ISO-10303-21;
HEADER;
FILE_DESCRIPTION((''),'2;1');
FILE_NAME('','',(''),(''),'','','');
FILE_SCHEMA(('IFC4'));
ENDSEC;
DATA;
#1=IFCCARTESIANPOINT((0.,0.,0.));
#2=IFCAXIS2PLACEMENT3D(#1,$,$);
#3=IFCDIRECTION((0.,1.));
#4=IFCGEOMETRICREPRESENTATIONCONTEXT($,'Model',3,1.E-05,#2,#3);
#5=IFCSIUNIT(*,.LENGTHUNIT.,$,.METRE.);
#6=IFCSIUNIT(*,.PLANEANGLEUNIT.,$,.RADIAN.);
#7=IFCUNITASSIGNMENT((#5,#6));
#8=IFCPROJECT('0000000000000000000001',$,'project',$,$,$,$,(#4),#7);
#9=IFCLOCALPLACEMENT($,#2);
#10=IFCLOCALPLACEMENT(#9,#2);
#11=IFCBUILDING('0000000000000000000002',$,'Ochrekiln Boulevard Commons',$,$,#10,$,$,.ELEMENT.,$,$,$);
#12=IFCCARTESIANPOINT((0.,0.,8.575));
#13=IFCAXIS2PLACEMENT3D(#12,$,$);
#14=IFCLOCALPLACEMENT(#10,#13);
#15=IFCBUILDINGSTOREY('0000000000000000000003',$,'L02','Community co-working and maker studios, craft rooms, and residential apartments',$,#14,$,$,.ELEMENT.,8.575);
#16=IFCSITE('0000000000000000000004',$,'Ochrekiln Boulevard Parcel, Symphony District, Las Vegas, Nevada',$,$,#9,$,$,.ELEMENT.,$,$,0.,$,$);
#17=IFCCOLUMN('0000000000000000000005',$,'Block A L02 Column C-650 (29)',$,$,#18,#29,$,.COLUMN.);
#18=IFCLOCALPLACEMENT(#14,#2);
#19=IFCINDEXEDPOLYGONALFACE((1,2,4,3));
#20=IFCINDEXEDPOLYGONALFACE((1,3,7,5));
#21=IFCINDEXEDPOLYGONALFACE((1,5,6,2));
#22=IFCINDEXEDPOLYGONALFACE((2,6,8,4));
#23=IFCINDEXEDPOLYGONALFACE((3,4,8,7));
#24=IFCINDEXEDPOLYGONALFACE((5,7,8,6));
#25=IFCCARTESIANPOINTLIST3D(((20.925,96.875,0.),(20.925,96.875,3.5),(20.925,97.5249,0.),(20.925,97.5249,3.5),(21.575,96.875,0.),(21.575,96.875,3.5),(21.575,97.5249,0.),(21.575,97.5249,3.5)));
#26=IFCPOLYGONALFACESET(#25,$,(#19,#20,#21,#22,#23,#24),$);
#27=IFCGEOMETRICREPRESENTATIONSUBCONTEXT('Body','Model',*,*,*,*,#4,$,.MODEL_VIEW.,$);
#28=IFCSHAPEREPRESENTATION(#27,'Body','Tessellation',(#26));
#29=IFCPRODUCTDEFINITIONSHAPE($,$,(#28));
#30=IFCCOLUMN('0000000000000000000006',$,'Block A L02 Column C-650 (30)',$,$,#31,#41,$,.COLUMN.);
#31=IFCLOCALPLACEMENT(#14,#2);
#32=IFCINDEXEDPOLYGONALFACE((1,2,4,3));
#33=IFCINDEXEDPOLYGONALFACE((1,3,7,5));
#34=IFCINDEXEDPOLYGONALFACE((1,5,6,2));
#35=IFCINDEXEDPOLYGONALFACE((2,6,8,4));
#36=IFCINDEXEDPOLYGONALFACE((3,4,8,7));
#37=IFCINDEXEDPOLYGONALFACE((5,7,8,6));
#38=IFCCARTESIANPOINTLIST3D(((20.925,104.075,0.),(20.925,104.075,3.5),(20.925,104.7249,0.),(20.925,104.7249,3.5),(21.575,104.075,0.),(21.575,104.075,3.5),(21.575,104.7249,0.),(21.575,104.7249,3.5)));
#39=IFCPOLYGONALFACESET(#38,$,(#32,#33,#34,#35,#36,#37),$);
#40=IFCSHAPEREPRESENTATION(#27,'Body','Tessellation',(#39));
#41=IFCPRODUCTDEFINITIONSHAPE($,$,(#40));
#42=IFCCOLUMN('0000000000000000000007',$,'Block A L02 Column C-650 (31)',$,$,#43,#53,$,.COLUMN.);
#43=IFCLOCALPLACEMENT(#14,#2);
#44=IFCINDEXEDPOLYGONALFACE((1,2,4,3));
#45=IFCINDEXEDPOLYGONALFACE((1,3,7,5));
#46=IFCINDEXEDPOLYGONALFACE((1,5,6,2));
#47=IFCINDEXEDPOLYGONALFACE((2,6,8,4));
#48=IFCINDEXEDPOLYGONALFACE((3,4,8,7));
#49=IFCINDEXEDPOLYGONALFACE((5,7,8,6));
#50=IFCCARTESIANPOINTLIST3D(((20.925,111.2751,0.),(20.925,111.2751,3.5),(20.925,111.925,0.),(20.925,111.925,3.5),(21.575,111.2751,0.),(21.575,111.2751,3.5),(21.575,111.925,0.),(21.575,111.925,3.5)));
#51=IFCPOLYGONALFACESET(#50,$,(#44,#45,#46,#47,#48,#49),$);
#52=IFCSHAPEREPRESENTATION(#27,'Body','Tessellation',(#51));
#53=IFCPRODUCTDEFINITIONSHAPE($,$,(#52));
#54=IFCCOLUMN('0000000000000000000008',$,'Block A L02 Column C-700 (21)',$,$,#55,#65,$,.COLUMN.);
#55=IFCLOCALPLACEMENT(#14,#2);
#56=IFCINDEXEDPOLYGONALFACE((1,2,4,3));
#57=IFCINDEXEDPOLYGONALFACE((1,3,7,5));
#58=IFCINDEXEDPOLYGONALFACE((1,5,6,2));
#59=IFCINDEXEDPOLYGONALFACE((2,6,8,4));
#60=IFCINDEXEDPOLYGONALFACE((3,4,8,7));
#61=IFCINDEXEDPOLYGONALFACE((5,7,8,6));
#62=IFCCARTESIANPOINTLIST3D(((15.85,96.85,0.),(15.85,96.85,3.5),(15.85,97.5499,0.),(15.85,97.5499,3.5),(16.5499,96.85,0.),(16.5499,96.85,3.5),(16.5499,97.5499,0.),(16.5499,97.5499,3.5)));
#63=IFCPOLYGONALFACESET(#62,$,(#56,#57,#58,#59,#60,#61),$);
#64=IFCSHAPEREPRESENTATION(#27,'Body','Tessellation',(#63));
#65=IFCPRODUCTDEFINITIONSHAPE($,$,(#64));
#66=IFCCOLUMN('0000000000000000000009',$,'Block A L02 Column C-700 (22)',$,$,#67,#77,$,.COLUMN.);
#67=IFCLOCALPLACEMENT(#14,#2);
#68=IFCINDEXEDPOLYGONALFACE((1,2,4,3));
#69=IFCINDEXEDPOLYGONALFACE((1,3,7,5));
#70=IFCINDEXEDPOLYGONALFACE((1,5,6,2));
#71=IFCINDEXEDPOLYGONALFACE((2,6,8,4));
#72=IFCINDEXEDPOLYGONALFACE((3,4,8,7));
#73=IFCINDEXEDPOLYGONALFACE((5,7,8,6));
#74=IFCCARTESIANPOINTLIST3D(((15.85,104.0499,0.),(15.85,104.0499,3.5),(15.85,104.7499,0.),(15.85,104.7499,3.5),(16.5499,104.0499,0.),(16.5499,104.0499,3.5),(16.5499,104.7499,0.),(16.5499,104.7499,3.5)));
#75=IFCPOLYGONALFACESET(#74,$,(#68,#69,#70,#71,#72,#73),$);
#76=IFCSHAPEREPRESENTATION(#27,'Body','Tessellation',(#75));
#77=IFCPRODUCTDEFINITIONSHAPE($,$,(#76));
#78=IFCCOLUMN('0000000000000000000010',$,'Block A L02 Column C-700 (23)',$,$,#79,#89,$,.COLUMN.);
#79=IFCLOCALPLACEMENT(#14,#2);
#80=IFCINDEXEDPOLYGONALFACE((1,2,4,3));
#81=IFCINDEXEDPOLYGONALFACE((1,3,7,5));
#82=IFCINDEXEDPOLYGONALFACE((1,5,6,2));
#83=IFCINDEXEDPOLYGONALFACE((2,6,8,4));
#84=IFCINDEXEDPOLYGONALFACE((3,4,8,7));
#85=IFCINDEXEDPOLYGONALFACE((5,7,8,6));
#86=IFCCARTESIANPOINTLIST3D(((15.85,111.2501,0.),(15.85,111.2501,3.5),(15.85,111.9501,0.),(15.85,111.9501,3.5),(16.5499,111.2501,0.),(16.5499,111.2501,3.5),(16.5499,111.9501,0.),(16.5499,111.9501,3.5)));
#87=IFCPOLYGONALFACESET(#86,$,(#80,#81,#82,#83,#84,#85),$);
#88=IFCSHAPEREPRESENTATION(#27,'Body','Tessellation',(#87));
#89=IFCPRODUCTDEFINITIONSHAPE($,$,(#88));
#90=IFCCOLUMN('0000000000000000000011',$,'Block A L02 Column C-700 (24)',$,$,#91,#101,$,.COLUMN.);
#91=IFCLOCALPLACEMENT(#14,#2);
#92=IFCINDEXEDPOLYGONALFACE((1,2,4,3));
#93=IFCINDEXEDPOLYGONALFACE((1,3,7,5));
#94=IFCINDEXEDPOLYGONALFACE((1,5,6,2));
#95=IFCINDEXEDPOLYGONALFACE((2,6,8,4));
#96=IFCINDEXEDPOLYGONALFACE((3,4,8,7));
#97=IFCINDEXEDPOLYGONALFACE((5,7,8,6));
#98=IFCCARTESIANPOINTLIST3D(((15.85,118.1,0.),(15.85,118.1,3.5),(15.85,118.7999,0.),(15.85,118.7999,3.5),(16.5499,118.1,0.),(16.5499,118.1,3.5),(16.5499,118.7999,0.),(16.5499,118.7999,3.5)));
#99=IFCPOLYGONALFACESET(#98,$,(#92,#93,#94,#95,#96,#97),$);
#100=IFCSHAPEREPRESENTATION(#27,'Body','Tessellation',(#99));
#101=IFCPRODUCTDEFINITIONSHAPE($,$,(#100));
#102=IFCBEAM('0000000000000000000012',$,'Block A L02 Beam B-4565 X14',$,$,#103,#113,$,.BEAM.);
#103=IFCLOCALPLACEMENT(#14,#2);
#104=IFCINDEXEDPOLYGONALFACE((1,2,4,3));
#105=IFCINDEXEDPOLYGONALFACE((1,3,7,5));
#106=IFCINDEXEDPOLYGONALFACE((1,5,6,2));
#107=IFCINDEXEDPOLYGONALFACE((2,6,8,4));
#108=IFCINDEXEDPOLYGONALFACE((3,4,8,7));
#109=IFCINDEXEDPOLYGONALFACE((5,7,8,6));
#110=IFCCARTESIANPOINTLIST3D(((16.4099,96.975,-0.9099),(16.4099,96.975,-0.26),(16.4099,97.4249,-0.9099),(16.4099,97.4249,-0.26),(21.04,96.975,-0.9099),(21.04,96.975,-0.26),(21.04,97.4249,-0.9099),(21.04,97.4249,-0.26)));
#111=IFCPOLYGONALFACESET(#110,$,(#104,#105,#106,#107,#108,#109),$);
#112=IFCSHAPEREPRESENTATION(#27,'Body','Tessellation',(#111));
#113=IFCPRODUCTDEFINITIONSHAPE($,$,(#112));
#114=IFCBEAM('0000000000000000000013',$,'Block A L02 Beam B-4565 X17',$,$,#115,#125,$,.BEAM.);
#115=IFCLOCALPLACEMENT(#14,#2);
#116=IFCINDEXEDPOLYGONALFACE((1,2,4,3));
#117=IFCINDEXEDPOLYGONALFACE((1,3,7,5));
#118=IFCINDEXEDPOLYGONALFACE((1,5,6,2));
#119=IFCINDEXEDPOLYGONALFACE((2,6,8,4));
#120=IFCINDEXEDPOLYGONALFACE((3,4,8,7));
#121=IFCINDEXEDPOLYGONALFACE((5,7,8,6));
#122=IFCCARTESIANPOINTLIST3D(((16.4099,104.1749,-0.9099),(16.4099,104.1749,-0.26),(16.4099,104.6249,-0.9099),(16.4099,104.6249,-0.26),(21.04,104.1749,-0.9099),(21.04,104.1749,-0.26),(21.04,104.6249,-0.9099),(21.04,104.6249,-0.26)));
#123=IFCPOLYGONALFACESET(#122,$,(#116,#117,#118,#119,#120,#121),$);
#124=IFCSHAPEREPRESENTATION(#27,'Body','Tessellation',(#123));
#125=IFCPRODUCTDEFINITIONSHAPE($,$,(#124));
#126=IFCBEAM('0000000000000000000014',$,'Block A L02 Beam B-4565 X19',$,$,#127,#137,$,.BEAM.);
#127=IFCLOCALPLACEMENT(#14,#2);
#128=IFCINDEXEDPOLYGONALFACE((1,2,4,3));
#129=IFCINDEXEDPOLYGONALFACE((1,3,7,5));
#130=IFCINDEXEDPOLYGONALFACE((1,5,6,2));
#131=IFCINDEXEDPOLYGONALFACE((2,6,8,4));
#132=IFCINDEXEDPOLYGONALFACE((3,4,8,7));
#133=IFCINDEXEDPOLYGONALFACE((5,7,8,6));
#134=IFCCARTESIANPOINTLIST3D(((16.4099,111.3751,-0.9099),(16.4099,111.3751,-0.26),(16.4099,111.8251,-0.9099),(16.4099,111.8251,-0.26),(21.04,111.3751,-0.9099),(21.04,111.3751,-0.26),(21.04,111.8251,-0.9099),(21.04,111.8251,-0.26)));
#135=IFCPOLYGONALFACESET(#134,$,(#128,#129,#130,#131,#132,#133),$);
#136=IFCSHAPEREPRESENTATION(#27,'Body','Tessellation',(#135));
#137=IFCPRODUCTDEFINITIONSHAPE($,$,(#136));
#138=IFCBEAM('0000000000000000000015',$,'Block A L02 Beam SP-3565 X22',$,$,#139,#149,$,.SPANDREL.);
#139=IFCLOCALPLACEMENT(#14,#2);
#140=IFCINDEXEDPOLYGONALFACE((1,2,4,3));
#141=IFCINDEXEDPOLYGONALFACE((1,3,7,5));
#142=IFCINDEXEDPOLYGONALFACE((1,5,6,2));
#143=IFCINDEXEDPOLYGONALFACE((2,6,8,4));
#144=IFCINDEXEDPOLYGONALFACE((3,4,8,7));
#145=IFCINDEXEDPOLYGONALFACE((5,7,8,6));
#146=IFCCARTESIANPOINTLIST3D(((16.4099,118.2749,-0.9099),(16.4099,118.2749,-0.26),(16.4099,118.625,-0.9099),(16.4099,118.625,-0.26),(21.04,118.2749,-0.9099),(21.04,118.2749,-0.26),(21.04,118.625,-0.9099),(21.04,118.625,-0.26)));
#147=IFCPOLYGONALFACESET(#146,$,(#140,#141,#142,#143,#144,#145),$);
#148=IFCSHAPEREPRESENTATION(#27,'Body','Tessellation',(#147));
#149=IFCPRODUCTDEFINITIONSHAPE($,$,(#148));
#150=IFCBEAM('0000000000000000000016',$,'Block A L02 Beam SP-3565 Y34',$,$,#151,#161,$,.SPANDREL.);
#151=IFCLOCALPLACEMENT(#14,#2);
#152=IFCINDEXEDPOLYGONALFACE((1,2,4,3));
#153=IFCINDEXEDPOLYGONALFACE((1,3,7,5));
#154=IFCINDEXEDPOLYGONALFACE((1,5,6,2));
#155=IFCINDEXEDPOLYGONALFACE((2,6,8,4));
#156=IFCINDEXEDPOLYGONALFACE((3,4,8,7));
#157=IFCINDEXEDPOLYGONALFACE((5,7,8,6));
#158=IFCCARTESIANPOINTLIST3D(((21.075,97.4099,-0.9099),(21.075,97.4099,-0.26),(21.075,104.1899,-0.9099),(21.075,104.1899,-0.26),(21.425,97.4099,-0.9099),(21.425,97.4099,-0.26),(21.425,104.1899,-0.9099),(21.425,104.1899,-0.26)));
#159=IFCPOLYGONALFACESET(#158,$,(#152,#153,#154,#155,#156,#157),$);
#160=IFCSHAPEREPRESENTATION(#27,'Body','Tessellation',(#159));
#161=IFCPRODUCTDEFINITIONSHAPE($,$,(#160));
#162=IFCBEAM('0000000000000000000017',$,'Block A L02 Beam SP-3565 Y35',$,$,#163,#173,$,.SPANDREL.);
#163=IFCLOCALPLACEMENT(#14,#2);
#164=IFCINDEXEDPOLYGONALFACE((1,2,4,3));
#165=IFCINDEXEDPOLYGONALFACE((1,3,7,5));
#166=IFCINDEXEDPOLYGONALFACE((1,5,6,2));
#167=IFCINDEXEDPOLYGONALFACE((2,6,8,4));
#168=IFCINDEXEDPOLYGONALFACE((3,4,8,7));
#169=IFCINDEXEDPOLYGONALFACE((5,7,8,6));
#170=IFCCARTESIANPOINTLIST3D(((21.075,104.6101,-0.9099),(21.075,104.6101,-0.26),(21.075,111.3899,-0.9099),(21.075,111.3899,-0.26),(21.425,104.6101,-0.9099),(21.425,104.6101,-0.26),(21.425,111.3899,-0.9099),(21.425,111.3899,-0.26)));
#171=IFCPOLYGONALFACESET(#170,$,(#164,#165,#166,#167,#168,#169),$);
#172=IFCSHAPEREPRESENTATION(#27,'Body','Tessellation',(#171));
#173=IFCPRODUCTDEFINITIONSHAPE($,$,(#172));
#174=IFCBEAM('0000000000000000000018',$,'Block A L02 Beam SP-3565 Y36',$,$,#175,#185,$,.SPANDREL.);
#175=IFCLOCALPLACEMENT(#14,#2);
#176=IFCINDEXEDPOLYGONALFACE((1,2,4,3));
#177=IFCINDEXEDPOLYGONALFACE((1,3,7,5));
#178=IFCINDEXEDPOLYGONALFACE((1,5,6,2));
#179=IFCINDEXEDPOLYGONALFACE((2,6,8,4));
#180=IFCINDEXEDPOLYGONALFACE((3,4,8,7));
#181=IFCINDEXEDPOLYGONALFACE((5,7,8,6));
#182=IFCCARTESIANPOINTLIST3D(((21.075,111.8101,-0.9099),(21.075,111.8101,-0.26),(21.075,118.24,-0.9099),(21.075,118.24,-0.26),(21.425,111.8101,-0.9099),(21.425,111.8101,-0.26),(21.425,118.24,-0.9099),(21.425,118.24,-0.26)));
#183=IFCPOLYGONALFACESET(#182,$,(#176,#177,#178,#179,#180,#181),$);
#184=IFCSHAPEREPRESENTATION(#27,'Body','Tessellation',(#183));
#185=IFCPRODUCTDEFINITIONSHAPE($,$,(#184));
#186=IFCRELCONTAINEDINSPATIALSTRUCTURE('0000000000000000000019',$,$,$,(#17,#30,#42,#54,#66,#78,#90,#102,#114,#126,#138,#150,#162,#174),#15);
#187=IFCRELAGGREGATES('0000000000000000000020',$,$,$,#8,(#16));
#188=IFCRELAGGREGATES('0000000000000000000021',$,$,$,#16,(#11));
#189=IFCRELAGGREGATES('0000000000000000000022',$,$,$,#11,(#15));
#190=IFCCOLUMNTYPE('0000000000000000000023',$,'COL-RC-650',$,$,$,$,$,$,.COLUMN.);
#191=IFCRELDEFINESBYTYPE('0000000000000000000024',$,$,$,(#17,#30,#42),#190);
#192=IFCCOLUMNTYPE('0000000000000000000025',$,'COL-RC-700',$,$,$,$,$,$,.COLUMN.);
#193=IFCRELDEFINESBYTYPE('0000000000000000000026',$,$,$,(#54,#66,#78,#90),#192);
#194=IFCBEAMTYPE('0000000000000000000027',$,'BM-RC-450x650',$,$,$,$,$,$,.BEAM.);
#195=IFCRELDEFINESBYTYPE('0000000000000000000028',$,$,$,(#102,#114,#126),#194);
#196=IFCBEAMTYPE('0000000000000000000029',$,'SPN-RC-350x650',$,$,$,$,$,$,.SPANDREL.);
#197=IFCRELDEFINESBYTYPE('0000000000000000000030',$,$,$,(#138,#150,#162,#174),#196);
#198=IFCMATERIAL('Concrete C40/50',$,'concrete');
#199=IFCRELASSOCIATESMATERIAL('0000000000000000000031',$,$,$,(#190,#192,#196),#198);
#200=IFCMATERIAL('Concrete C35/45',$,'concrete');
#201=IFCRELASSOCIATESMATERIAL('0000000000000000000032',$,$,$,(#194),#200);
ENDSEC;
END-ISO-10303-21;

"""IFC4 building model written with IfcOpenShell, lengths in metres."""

from ifc_helpers import new_model, si_unit, direction, frame, origin, origin_2d, place, context, subcontext, project, spatial, rectangle, extrude, material, material_profile, profile_set, type_object, element, save


model = new_model("IFC4")

# Units and contexts
model_context = context("Model", 3, precision=1e-05, world=origin(), true_north=direction((0.0, 1.0)))
body_context = subcontext(model_context, "Body", "Model", "MODEL_VIEW")
ifc_project = project(units=[si_unit("LENGTHUNIT", "METRE"), si_unit("PLANEANGLEUNIT", "RADIAN")], contexts=[model_context])

# Site, building, storey
site_placement = place(None, origin())
site = spatial("IfcSite", under=ifc_project, at=site_placement, Name="Ochrekiln Boulevard Parcel, Symphony District, Las Vegas, Nevada", CompositionType="ELEMENT", RefElevation=0.0)
building_placement = place(site_placement, origin())
building = spatial("IfcBuilding", under=site, at=building_placement, Name="Ochrekiln Boulevard Commons", CompositionType="ELEMENT")
storey_placement = place(building_placement, frame((0.0, 0.0, 8.575)))
storey = spatial("IfcBuildingStorey", under=building, at=storey_placement, Name="L02", Description="Community co-working and maker studios, craft rooms, and residential apartments", CompositionType="ELEMENT", Elevation=8.575)

# Columns
ifc_material_1 = material(Name="Concrete C40/50", Category="concrete")
ifc_material_profile_1 = material_profile(ifc_material_1, rectangle(XDim=0.6499, YDim=0.6499, at=origin_2d()), Name="RC-COL-650x650")
ifc_profile_set_1 = profile_set([ifc_material_profile_1], Name="Concrete C40/50")
column_type_1 = type_object("IfcColumnType", Name="COL-RC-650", PredefinedType="COLUMN", material=ifc_profile_set_1)
for number, where, z_axis, x_axis, name in (
    (1, (21.25, 97.2, 0.0), (0.0, 0.0, 1.0), (1.0, 0.0, 0.0), "Block A L02 Column C-650 (29)"),
    (2, (21.25, 104.3999, 0.0), (0.0, 0.0, 1.0), (1.0, 0.0, 0.0), "Block A L02 Column C-650 (30)"),
    (3, (21.25, 111.6001, 0.0), (0.0, 0.0, 1.0), (1.0, 0.0, 0.0), "Block A L02 Column C-650 (31)"),
):
    element("IfcColumn", number, at=place(storey_placement, frame(where, z_axis=z_axis, x_axis=x_axis)), inside=storey, type_object=column_type_1, Name=name, PredefinedType="COLUMN", context=body_context, shape_type="SweptSolid", body=[
        extrude(rectangle(XDim=0.6499, YDim=0.6499, at=origin_2d()), origin(), (0.0, 0.0, 1.0), 3.5),
    ])
ifc_material_profile_2 = material_profile(ifc_material_1, rectangle(XDim=0.7, YDim=0.7, at=origin_2d()), Name="RC-COL-700x700")
ifc_profile_set_2 = profile_set([ifc_material_profile_2], Name="Concrete C40/50")
column_type_2 = type_object("IfcColumnType", Name="COL-RC-700", PredefinedType="COLUMN", material=ifc_profile_set_2)
for number, where, z_axis, x_axis, name in (
    (4, (16.2, 97.2, 0.0), (0.0, 0.0, 1.0), (1.0, 0.0, 0.0), "Block A L02 Column C-700 (21)"),
    (5, (16.2, 104.3999, 0.0), (0.0, 0.0, 1.0), (1.0, 0.0, 0.0), "Block A L02 Column C-700 (22)"),
    (6, (16.2, 111.6001, 0.0), (0.0, 0.0, 1.0), (1.0, 0.0, 0.0), "Block A L02 Column C-700 (23)"),
    (7, (16.2, 118.45, 0.0), (0.0, 0.0, 1.0), (1.0, 0.0, 0.0), "Block A L02 Column C-700 (24)"),
):
    element("IfcColumn", number, at=place(storey_placement, frame(where, z_axis=z_axis, x_axis=x_axis)), inside=storey, type_object=column_type_2, Name=name, PredefinedType="COLUMN", context=body_context, shape_type="SweptSolid", body=[
        extrude(rectangle(XDim=0.7, YDim=0.7, at=origin_2d()), origin(), (0.0, 0.0, 1.0), 3.5),
    ])

# Beams
ifc_material_2 = material(Name="Concrete C35/45", Category="concrete")
ifc_material_profile_3 = material_profile(ifc_material_2, rectangle(XDim=0.45, YDim=0.6499, at=origin_2d()), Name="RC-BM-450x650")
ifc_profile_set_3 = profile_set([ifc_material_profile_3], Name="Concrete C35/45")
beam_type_1 = type_object("IfcBeamType", Name="BM-RC-450x650", PredefinedType="BEAM", material=ifc_profile_set_3)
for number, where, z_axis, x_axis, name in (
    (8, (16.4099, 97.2, -0.585), (1.0, 0.0, 0.0), (0.0, 1.0, 0.0), "Block A L02 Beam B-4565 X14"),
    (9, (16.4099, 104.3999, -0.585), (1.0, 0.0, 0.0), (0.0, 1.0, 0.0), "Block A L02 Beam B-4565 X17"),
    (10, (16.4099, 111.6001, -0.585), (1.0, 0.0, 0.0), (0.0, 1.0, 0.0), "Block A L02 Beam B-4565 X19"),
):
    element("IfcBeam", number, at=place(storey_placement, frame(where, z_axis=z_axis, x_axis=x_axis)), inside=storey, type_object=beam_type_1, Name=name, PredefinedType="BEAM", context=body_context, shape_type="SweptSolid", body=[
        extrude(rectangle(XDim=0.45, YDim=0.6499, at=origin_2d()), origin(), (0.0, 0.0, 1.0), 4.6301),
    ])
ifc_material_profile_4 = material_profile(ifc_material_1, rectangle(XDim=0.3501, YDim=0.6499, at=origin_2d()), Name="RC-SPN-350x650")
ifc_profile_set_4 = profile_set([ifc_material_profile_4], Name="Concrete C40/50")
beam_type_2 = type_object("IfcBeamType", Name="SPN-RC-350x650", PredefinedType="SPANDREL", material=ifc_profile_set_4)
beam_1_placement = place(storey_placement, frame((16.4099, 118.45, -0.585), z_axis=(1.0, 0.0, 0.0), x_axis=(0.0, 1.0, 0.0)))
element("IfcBeam", 11, at=beam_1_placement, inside=storey, type_object=beam_type_2, Name="Block A L02 Beam SP-3565 X22", PredefinedType="SPANDREL", context=body_context, shape_type="SweptSolid", body=[
    extrude(rectangle(XDim=0.3501, YDim=0.6499, at=origin_2d()), origin(), (0.0, 0.0, 1.0), 4.6301),
])
beam_2_placement = place(storey_placement, frame((21.25, 97.4099, -0.585), z_axis=(0.0, 1.0, 0.0), x_axis=(-1.0, 0.0, 0.0)))
element("IfcBeam", 12, at=beam_2_placement, inside=storey, type_object=beam_type_2, Name="Block A L02 Beam SP-3565 Y34", PredefinedType="SPANDREL", context=body_context, shape_type="SweptSolid", body=[
    extrude(rectangle(XDim=0.3501, YDim=0.6499, at=origin_2d()), origin(), (0.0, 0.0, 1.0), 6.78),
])
beam_3_placement = place(storey_placement, frame((21.25, 104.6101, -0.585), z_axis=(0.0, 1.0, 0.0), x_axis=(-1.0, 0.0, 0.0)))
element("IfcBeam", 13, at=beam_3_placement, inside=storey, type_object=beam_type_2, Name="Block A L02 Beam SP-3565 Y35", PredefinedType="SPANDREL", context=body_context, shape_type="SweptSolid", body=[
    extrude(rectangle(XDim=0.3501, YDim=0.6499, at=origin_2d()), origin(), (0.0, 0.0, 1.0), 6.7798),
])
beam_4_placement = place(storey_placement, frame((21.25, 111.8101, -0.585), z_axis=(0.0, 1.0, 0.0), x_axis=(-1.0, 0.0, 0.0)))
element("IfcBeam", 14, at=beam_4_placement, inside=storey, type_object=beam_type_2, Name="Block A L02 Beam SP-3565 Y36", PredefinedType="SPANDREL", context=body_context, shape_type="SweptSolid", body=[
    extrude(rectangle(XDim=0.3501, YDim=0.6499, at=origin_2d()), origin(), (0.0, 0.0, 1.0), 6.4299),
])

save(model, "model.ifc")
